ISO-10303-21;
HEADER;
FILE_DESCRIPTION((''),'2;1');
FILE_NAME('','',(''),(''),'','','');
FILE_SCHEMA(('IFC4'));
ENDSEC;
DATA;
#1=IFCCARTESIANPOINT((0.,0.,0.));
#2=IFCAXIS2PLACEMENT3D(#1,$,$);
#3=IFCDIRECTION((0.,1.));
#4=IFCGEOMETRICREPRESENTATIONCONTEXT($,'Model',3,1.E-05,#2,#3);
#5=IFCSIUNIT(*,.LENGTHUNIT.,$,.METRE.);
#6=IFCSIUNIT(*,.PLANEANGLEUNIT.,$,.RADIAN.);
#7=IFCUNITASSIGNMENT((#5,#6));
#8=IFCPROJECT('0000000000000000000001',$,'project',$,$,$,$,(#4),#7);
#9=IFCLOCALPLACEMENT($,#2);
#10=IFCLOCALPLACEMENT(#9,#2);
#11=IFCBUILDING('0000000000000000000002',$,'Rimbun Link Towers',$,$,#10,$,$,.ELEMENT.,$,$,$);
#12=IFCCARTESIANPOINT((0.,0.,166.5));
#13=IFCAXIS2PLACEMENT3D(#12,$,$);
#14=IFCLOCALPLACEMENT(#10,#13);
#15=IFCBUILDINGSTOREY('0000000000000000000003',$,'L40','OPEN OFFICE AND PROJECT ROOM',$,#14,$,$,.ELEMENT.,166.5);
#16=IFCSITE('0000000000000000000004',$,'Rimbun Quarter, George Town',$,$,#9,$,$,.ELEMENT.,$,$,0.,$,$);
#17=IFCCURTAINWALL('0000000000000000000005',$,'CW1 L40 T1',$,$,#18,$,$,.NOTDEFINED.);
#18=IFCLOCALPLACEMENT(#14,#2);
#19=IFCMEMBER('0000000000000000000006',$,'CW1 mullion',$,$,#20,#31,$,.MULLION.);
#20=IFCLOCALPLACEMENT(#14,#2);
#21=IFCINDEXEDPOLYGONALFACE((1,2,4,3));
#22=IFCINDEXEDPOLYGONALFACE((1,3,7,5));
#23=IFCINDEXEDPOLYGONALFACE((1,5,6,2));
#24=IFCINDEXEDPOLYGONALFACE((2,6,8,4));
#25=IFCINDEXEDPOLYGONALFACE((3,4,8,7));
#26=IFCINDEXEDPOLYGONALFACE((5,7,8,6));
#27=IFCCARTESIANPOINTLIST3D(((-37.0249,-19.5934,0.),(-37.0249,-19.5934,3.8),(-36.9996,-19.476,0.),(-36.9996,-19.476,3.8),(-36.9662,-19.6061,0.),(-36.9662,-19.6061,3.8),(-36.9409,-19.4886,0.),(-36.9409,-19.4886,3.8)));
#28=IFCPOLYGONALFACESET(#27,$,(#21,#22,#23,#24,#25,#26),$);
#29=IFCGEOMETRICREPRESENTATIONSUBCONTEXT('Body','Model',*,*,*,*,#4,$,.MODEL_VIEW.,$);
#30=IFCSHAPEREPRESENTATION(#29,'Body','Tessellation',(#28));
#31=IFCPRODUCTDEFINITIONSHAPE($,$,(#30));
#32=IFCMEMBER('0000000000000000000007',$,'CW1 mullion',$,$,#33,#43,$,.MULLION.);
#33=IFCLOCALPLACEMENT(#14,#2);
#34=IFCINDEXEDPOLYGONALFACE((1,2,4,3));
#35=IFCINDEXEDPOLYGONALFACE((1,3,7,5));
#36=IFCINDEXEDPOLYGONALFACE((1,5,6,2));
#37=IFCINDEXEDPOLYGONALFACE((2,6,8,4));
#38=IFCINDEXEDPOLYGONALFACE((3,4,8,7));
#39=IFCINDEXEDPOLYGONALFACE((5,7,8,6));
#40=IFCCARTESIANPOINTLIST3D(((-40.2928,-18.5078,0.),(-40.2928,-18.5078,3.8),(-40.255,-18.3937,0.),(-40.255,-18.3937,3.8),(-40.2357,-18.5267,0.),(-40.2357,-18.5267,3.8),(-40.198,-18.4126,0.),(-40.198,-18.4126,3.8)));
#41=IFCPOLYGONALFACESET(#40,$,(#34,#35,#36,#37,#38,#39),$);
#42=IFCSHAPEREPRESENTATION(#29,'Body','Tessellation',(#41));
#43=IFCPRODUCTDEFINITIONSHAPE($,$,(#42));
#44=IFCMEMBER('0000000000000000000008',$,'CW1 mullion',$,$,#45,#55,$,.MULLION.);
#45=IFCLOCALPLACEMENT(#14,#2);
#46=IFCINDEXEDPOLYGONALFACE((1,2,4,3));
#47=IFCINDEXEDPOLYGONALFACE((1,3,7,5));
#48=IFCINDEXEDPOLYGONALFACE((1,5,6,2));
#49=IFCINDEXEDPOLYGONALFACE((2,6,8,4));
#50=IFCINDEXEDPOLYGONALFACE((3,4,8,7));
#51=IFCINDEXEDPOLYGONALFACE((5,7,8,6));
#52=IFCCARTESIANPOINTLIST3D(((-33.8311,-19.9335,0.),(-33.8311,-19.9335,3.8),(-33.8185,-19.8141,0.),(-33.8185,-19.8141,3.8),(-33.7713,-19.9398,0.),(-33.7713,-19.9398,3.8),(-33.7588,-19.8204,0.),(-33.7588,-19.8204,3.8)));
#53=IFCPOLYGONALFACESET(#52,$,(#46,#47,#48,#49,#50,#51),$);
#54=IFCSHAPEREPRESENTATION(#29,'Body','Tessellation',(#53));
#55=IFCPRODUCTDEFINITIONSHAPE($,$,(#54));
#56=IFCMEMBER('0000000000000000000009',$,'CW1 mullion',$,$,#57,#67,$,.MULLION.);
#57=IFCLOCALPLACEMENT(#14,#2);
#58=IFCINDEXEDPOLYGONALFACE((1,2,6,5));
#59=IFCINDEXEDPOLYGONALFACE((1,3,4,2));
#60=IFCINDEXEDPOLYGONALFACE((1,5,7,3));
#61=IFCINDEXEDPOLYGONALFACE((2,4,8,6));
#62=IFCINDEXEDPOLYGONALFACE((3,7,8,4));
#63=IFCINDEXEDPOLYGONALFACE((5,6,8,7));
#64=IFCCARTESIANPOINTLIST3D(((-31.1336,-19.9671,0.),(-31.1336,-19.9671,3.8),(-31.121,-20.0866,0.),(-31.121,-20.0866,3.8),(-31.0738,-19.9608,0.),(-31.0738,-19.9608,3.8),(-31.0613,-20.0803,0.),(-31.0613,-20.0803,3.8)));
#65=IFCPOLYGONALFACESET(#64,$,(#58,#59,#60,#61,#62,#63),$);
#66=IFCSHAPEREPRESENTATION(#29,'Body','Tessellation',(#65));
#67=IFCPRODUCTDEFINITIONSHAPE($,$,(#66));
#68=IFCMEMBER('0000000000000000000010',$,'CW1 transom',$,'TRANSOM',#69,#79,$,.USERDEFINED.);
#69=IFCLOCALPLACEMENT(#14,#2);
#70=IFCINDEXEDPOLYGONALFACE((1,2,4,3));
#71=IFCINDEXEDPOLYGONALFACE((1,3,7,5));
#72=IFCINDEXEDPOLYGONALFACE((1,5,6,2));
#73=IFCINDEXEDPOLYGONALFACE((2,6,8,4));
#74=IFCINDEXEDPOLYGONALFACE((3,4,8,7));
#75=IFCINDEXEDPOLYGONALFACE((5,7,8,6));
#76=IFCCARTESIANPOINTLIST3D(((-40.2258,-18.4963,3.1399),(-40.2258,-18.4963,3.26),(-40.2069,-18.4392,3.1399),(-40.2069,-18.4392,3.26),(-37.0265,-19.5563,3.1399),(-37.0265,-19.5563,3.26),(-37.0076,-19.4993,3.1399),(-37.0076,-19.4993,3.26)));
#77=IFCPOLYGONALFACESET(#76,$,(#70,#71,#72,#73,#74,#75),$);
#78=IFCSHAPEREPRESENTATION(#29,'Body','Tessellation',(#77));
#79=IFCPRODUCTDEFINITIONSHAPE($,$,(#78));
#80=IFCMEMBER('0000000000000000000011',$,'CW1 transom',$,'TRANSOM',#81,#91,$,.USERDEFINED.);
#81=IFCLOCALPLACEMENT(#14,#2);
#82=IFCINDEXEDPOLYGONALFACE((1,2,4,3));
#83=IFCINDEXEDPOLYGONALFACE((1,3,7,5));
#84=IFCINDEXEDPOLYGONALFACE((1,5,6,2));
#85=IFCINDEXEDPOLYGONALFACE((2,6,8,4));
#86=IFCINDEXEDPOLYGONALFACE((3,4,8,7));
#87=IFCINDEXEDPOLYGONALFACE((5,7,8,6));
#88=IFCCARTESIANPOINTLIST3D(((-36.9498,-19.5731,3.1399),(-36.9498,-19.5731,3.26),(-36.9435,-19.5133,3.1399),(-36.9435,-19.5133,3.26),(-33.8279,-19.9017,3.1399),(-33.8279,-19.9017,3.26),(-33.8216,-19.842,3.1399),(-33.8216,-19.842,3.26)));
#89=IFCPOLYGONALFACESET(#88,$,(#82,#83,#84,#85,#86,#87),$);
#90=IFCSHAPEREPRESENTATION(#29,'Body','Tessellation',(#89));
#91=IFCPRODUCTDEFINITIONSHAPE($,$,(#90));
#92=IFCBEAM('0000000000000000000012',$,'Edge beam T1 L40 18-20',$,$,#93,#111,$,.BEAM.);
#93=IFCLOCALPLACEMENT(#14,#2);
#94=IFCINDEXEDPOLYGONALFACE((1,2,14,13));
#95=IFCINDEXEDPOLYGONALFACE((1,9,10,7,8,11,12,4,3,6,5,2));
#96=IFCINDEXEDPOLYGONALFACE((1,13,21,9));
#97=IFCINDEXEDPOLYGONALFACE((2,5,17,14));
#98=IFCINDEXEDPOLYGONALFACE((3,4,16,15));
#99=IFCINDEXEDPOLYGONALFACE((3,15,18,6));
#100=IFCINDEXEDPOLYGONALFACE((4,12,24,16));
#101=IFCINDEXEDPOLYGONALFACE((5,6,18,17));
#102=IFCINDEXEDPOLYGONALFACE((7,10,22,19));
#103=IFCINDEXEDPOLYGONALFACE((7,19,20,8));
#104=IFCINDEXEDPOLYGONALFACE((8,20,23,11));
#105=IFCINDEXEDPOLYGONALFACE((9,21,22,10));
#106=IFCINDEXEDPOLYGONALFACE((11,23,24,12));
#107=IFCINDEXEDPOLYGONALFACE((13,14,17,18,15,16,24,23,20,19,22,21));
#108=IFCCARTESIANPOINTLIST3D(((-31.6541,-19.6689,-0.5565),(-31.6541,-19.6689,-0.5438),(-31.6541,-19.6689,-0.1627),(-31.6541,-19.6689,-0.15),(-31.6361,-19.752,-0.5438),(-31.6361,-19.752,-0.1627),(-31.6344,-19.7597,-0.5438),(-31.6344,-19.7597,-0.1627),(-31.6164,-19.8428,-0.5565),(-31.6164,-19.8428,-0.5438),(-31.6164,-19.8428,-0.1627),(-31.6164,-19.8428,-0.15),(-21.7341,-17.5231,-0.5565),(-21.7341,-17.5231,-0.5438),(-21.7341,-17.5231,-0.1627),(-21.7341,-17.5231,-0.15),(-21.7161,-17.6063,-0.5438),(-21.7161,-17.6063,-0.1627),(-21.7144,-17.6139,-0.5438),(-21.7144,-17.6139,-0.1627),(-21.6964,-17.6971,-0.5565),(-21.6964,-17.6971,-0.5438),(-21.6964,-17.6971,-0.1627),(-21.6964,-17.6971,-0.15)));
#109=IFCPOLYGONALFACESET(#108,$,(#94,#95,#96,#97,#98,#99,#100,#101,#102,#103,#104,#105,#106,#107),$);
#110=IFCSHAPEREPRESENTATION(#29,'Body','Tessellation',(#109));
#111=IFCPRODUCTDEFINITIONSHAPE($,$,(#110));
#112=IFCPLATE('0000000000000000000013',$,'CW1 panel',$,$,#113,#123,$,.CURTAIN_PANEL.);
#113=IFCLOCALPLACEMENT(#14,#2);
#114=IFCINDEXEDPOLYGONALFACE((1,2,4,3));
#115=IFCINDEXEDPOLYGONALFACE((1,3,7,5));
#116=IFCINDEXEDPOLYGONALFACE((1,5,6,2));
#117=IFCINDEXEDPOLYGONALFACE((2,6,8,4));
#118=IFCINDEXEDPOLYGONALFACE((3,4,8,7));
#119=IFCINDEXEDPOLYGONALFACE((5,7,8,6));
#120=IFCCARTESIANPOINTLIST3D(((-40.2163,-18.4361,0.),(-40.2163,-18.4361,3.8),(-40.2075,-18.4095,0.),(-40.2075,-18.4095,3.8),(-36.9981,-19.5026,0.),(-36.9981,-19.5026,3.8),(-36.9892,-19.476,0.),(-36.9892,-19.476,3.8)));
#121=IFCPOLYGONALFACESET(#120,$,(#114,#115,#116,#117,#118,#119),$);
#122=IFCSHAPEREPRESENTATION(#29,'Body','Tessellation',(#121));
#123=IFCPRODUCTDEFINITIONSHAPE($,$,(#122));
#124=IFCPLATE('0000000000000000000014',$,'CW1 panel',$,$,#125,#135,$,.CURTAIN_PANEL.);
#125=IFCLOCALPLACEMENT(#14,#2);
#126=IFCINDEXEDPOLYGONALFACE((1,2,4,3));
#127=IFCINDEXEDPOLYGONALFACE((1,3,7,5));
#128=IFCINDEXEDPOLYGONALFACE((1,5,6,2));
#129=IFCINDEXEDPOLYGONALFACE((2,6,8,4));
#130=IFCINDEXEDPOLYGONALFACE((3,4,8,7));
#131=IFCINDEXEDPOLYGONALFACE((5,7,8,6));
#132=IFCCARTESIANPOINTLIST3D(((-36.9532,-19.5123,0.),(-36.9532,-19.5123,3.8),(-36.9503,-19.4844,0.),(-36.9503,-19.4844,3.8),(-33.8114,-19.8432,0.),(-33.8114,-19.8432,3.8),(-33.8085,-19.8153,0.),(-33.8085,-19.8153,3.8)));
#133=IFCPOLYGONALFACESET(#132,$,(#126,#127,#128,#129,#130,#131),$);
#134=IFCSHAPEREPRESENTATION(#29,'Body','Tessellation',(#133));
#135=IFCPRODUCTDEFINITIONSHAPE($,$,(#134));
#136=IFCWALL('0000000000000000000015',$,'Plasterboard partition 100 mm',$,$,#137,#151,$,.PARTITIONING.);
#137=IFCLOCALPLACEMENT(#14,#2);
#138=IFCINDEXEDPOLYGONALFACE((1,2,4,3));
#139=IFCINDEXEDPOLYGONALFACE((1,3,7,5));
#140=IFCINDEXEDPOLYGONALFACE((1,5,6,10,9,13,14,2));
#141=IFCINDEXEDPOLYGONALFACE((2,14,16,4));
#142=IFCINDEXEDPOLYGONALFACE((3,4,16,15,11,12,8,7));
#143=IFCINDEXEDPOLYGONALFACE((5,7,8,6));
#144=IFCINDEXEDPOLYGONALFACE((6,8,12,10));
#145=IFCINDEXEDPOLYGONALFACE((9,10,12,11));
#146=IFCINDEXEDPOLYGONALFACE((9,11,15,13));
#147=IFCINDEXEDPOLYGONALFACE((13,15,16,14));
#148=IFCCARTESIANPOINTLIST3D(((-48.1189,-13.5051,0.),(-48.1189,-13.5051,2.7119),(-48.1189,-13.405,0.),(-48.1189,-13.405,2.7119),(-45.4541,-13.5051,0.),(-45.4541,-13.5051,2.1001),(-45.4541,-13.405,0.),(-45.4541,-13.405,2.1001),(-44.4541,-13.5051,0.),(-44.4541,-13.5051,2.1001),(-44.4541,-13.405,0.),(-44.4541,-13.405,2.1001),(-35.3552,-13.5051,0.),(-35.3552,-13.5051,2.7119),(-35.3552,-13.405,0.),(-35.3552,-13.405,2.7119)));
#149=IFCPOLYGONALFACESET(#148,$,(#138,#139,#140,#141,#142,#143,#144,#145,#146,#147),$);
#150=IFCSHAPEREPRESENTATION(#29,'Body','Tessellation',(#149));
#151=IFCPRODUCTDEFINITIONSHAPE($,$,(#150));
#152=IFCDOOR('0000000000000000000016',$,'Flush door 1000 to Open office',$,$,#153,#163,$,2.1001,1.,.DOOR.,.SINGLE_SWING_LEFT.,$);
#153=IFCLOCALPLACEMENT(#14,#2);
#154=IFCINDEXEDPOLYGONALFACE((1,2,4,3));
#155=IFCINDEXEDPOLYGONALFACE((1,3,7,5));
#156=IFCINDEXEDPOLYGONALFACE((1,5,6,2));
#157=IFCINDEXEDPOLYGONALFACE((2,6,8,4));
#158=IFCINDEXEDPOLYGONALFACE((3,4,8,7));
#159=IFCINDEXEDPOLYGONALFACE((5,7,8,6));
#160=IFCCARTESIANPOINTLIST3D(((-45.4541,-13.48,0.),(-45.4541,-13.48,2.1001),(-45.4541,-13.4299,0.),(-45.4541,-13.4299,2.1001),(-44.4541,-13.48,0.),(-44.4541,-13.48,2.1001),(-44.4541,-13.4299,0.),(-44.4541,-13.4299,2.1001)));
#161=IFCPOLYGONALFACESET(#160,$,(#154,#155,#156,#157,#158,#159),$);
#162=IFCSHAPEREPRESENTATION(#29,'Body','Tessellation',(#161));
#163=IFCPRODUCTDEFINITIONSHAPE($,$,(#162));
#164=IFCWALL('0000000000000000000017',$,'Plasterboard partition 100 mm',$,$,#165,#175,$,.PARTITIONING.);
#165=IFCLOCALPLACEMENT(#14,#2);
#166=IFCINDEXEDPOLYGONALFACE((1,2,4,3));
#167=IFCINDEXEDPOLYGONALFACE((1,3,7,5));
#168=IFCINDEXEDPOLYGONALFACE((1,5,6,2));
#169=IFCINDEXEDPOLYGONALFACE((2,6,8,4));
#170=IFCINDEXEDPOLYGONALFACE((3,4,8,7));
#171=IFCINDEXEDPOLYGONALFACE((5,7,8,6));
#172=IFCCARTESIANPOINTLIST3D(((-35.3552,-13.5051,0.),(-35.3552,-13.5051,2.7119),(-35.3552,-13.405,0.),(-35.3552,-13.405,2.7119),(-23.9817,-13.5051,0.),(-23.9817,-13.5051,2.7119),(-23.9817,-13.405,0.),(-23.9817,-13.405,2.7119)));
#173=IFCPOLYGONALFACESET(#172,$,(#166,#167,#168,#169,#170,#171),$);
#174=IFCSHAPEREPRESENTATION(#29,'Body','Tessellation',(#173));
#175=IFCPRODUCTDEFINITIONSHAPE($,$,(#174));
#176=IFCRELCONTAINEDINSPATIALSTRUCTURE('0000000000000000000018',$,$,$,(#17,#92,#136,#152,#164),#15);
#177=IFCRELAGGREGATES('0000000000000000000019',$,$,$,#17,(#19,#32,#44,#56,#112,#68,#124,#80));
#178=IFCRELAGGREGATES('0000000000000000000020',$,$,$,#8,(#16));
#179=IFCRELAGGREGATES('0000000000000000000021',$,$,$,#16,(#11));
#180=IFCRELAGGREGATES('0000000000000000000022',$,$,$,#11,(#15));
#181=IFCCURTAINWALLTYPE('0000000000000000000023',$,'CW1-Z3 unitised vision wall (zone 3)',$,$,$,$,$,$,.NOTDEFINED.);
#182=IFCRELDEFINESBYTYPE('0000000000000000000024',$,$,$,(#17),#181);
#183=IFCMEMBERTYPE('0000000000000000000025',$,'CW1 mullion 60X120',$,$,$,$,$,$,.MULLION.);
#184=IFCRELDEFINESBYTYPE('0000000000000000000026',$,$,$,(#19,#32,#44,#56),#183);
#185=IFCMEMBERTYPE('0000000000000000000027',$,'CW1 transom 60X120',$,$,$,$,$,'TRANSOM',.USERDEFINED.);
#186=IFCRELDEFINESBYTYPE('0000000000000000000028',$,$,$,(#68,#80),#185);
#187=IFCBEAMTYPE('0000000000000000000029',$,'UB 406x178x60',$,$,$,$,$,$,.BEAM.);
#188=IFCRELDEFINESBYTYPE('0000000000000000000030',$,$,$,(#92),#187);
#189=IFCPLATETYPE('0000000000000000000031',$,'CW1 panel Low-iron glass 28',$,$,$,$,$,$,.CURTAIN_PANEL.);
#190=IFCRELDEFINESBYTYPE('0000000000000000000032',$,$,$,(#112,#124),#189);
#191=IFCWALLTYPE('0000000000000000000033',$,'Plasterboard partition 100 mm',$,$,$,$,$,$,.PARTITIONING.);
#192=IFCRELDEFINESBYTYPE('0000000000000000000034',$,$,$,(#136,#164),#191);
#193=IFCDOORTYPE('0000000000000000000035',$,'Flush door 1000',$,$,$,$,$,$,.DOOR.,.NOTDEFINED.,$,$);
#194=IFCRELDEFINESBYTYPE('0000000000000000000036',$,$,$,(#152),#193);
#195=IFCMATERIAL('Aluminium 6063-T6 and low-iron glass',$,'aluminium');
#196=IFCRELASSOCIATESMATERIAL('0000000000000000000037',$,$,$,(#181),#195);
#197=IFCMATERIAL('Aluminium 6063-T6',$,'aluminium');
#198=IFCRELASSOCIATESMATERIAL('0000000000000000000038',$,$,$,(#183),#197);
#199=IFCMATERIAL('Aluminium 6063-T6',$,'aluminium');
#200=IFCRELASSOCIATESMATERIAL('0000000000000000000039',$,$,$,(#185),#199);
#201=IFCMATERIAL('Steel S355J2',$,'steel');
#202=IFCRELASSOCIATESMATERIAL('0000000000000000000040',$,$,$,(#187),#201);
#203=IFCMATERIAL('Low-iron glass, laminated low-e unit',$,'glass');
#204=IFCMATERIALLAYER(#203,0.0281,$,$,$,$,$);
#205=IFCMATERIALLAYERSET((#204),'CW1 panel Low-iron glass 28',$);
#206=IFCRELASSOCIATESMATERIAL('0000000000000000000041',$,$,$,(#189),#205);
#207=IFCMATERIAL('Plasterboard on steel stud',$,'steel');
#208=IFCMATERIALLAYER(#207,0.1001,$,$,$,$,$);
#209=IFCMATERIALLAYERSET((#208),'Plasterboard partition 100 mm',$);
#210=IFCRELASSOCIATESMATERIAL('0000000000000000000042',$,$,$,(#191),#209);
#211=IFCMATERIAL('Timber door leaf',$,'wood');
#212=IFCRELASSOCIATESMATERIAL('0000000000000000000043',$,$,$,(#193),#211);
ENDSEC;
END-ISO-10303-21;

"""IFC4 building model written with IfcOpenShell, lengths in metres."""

from ifc_helpers import new_model, si_unit, direction, frame, frame_2d, origin, origin_2d, place, context, subcontext, project, spatial, rectangle, i_section, extrude, material, layer, layer_set, material_profile, profile_set, type_object, element, fill, aggregate, save


model = new_model("IFC4")

# Units and contexts
model_context = context("Model", 3, precision=1e-05, world=origin(), true_north=direction((0.0, 1.0)))
body_context = subcontext(model_context, "Body", "Model", "MODEL_VIEW")
ifc_project = project(units=[si_unit("LENGTHUNIT", "METRE"), si_unit("PLANEANGLEUNIT", "RADIAN")], contexts=[model_context])

# Site, building, storey
site_placement = place(None, origin())
site = spatial("IfcSite", under=ifc_project, at=site_placement, Name="Rimbun Quarter, George Town", CompositionType="ELEMENT", RefElevation=0.0)
building_placement = place(site_placement, origin())
building = spatial("IfcBuilding", under=site, at=building_placement, Name="Rimbun Link Towers", CompositionType="ELEMENT")
storey_placement = place(building_placement, frame((0.0, 0.0, 166.5)))
storey = spatial("IfcBuildingStorey", under=building, at=storey_placement, Name="L40", Description="OPEN OFFICE AND PROJECT ROOM", CompositionType="ELEMENT", Elevation=166.5)

# Curtain wall, members
ifc_material_1 = material(Name="Aluminium 6063-T6 and low-iron glass", Category="aluminium")
curtain_wall_type = type_object("IfcCurtainWallType", Name="CW1-Z3 unitised vision wall (zone 3)", PredefinedType="NOTDEFINED", material=ifc_material_1)
curtain_wall_placement = place(storey_placement, origin())
curtain_wall = element("IfcCurtainWall", 1, at=curtain_wall_placement, inside=storey, type_object=curtain_wall_type, Name="CW1 L40 T1", PredefinedType="NOTDEFINED")
ifc_material_2 = material(Name="Aluminium 6063-T6", Category="aluminium")
ifc_material_profile_1 = material_profile(ifc_material_2, rectangle(XDim=0.1201, YDim=0.0601, at=origin_2d()), Name="MULLION 60X120")
ifc_profile_set_1 = profile_set([ifc_material_profile_1], Name="Aluminium 6063-T6")
member_type_1 = type_object("IfcMemberType", Name="CW1 mullion 60X120", PredefinedType="MULLION", material=ifc_profile_set_1)
member_1_placement = place(storey_placement, frame((-36.9829, -19.541, 0.0), z_axis=(0.0, 0.0, 1.0), x_axis=(-0.210866, -0.977515, 0.0)))
member_1 = element("IfcMember", 2, at=member_1_placement, type_object=member_type_1, Name="CW1 mullion", PredefinedType="MULLION", context=body_context, shape_type="SweptSolid", body=[
    extrude(rectangle(XDim=0.1201, YDim=0.0601, at=origin_2d()), origin(), (0.0, 0.0, 1.0), 3.8),
])
member_2_placement = place(storey_placement, frame((-40.2454, -18.4602, 0.0), z_axis=(0.0, 0.0, 1.0), x_axis=(-0.314556, -0.949239, 0.0)))
member_2 = element("IfcMember", 3, at=member_2_placement, type_object=member_type_1, Name="CW1 mullion", PredefinedType="MULLION", context=body_context, shape_type="SweptSolid", body=[
    extrude(rectangle(XDim=0.1201, YDim=0.0601, at=origin_2d()), origin(), (0.0, 0.0, 1.0), 3.8),
])
member_3_placement = place(storey_placement, frame((-33.7949, -19.877, 0.0), z_axis=(0.0, 0.0, 1.0), x_axis=(-0.10474, -0.9945, 0.0)))
member_3 = element("IfcMember", 4, at=member_3_placement, type_object=member_type_1, Name="CW1 mullion", PredefinedType="MULLION", context=body_context, shape_type="SweptSolid", body=[
    extrude(rectangle(XDim=0.1201, YDim=0.0601, at=origin_2d()), origin(), (0.0, 0.0, 1.0), 3.8),
])
member_4_placement = place(storey_placement, frame((-31.0974, -20.0237, 0.0), z_axis=(0.0, 0.0, 1.0), x_axis=(0.10474, -0.9945, 0.0)))
member_4 = element("IfcMember", 5, at=member_4_placement, type_object=member_type_1, Name="CW1 mullion", PredefinedType="MULLION", context=body_context, shape_type="SweptSolid", body=[
    extrude(rectangle(XDim=0.1201, YDim=0.0601, at=origin_2d()), origin(), (0.0, 0.0, 1.0), 3.8),
])
ifc_material_3 = material(Name="Aluminium 6063-T6", Category="aluminium")
ifc_material_profile_2 = material_profile(ifc_material_3, rectangle(XDim=0.0601, YDim=0.1201, at=origin_2d()), Name="TRANSOM 60X120")
ifc_profile_set_2 = profile_set([ifc_material_profile_2], Name="Aluminium 6063-T6")
member_type_2 = type_object("IfcMemberType", Name="CW1 transom 60X120", ElementType="TRANSOM", PredefinedType="USERDEFINED", material=ifc_profile_set_2)
member_5_placement = place(storey_placement, frame((-37.0171, -19.5278, 3.2), z_axis=(-0.949247, 0.314532, 0.0), x_axis=(-0.314532, -0.949247, 0.0)))
member_5 = element("IfcMember", 6, at=member_5_placement, type_object=member_type_2, Name="CW1 transom", ObjectType="TRANSOM", PredefinedType="USERDEFINED", context=body_context, shape_type="SweptSolid", body=[
    extrude(rectangle(XDim=0.0601, YDim=0.1201, at=origin_2d()), origin(), (0.0, 0.0, 1.0), 3.3704),
])
member_6_placement = place(storey_placement, frame((-33.8247, -19.8718, 3.2), z_axis=(-0.994505, 0.104685, 0.0), x_axis=(-0.104685, -0.994505, 0.0)))
member_6 = element("IfcMember", 7, at=member_6_placement, type_object=member_type_2, Name="CW1 transom", ObjectType="TRANSOM", PredefinedType="USERDEFINED", context=body_context, shape_type="SweptSolid", body=[
    extrude(rectangle(XDim=0.0601, YDim=0.1201, at=origin_2d()), origin(), (0.0, 0.0, 1.0), 3.1392),
])

# Beam
ifc_material_4 = material(Name="Steel S355J2", Category="steel")
ifc_material_profile_3 = material_profile(ifc_material_4, i_section(OverallWidth=0.178, OverallDepth=0.4065, WebThickness=0.0078, FlangeThickness=0.0127, at=origin_2d()), Name="UB 406x178x60")
ifc_profile_set_3 = profile_set([ifc_material_profile_3], Name="Steel S355J2")
beam_type = type_object("IfcBeamType", Name="UB 406x178x60", PredefinedType="BEAM", material=ifc_profile_set_3)
beam_placement = place(storey_placement, frame((-31.6353, -19.7559, -0.3533), z_axis=(0.977396, 0.211418, 0.0), x_axis=(-0.211418, 0.977396, 0.0)))
element("IfcBeam", 8, at=beam_placement, inside=storey, type_object=beam_type, Name="Edge beam T1 L40 18-20", PredefinedType="BEAM", context=body_context, shape_type="SweptSolid", body=[
    extrude(i_section(OverallWidth=0.178, OverallDepth=0.4065, WebThickness=0.0078, FlangeThickness=0.0127, at=origin_2d()), origin(), (0.0, 0.0, 1.0), 10.1494),
])

# Plates
ifc_material_5 = material(Name="Low-iron glass, laminated low-e unit", Category="glass")
ifc_layer_1 = layer(ifc_material_5, 0.0281)
ifc_layer_set_1 = layer_set([ifc_layer_1], Name="CW1 panel Low-iron glass 28")
plate_type = type_object("IfcPlateType", Name="CW1 panel Low-iron glass 28", PredefinedType="CURTAIN_PANEL", material=ifc_layer_set_1)
plate_1_placement = place(storey_placement, frame((-38.6028, -18.9561, 0.0), z_axis=(0.0, 0.0, 1.0), x_axis=(-0.949239, 0.314556, 0.0)))
plate_1 = element("IfcPlate", 9, at=plate_1_placement, type_object=plate_type, Name="CW1 panel", PredefinedType="CURTAIN_PANEL", context=body_context, shape_type="SweptSolid", body=[
    extrude(rectangle(XDim=3.3904, YDim=0.0281, at=origin_2d()), origin(), (0.0, 0.0, 1.0), 3.8),
])
plate_2_placement = place(storey_placement, frame((-35.3809, -19.6638, 0.0), z_axis=(0.0, 0.0, 1.0), x_axis=(-0.9945, 0.10474, 0.0)))
plate_2 = element("IfcPlate", 10, at=plate_2_placement, type_object=plate_type, Name="CW1 panel", PredefinedType="CURTAIN_PANEL", context=body_context, shape_type="SweptSolid", body=[
    extrude(rectangle(XDim=3.1592, YDim=0.0281, at=origin_2d()), origin(), (0.0, 0.0, 1.0), 3.8),
])
aggregate(curtain_wall, [member_1, member_2, member_3, member_4, plate_1, member_5, plate_2, member_6])

# Wall, opening, door
ifc_material_6 = material(Name="Plasterboard on steel stud", Category="steel")
ifc_layer_2 = layer(ifc_material_6, 0.1001)
ifc_layer_set_2 = layer_set([ifc_layer_2], Name="Plasterboard partition 100 mm")
wall_type = type_object("IfcWallType", Name="Plasterboard partition 100 mm", PredefinedType="PARTITIONING", material=ifc_layer_set_2)
wall_1_placement = place(storey_placement, frame((-35.3552, -13.4551, 0.0), z_axis=(0.0, 0.0, 1.0), x_axis=(-1.0, 0.0, 0.0)))
wall_1 = element("IfcWall", 11, at=wall_1_placement, inside=storey, type_object=wall_type, Name="Plasterboard partition 100 mm", PredefinedType="PARTITIONING", context=body_context, shape_type="SweptSolid", body=[
    extrude(rectangle(XDim=12.7637, YDim=0.1001, at=frame_2d((6.3818, 0.0))), origin(), (0.0, 0.0, 1.0), 2.7119),
])
opening_placement = place(wall_1_placement, frame((9.0989, 0.0, 0.0)))
opening = element("IfcOpeningElement", 12, at=opening_placement, cuts=wall_1, PredefinedType="OPENING", context=body_context, shape_type="SweptSolid", body=[
    extrude(rectangle(XDim=1.0, YDim=2.1001, at=frame_2d((0.5, 1.05))), frame((0.0, 0.0601, 0.0), z_axis=(0.0, -1.0, 0.0), x_axis=(1.0, 0.0, 0.0)), (0.0, 0.0, 1.0), 0.1201),
])
ifc_material_7 = material(Name="Timber door leaf", Category="wood")
door_type = type_object("IfcDoorType", Name="Flush door 1000", OperationType="NOTDEFINED", PredefinedType="DOOR", material=ifc_material_7)
door_placement = place(opening_placement, origin())
door = element("IfcDoor", 13, at=door_placement, inside=storey, type_object=door_type, Name="Flush door 1000 to Open office", OperationType="SINGLE_SWING_LEFT", OverallHeight=2.1001, OverallWidth=1.0, PredefinedType="DOOR", context=body_context, shape_type="SweptSolid", body=[
    extrude(rectangle(XDim=1.0, YDim=2.1001, at=frame_2d((0.5, 1.05))), frame((0.0, 0.0249, 0.0), z_axis=(0.0, -1.0, 0.0), x_axis=(1.0, 0.0, 0.0)), (0.0, 0.0, 1.0), 0.05),
])
fill(opening, door)

# Wall
wall_2_placement = place(storey_placement, frame((-35.3552, -13.4551, 0.0), z_axis=(0.0, 0.0, 1.0), x_axis=(1.0, 0.0, 0.0)))
element("IfcWall", 14, at=wall_2_placement, inside=storey, type_object=wall_type, Name="Plasterboard partition 100 mm", PredefinedType="PARTITIONING", context=body_context, shape_type="SweptSolid", body=[
    extrude(rectangle(XDim=11.3735, YDim=0.1001, at=frame_2d((5.6868, 0.0))), origin(), (0.0, 0.0, 1.0), 2.7119),
])

save(model, "model.ifc")
